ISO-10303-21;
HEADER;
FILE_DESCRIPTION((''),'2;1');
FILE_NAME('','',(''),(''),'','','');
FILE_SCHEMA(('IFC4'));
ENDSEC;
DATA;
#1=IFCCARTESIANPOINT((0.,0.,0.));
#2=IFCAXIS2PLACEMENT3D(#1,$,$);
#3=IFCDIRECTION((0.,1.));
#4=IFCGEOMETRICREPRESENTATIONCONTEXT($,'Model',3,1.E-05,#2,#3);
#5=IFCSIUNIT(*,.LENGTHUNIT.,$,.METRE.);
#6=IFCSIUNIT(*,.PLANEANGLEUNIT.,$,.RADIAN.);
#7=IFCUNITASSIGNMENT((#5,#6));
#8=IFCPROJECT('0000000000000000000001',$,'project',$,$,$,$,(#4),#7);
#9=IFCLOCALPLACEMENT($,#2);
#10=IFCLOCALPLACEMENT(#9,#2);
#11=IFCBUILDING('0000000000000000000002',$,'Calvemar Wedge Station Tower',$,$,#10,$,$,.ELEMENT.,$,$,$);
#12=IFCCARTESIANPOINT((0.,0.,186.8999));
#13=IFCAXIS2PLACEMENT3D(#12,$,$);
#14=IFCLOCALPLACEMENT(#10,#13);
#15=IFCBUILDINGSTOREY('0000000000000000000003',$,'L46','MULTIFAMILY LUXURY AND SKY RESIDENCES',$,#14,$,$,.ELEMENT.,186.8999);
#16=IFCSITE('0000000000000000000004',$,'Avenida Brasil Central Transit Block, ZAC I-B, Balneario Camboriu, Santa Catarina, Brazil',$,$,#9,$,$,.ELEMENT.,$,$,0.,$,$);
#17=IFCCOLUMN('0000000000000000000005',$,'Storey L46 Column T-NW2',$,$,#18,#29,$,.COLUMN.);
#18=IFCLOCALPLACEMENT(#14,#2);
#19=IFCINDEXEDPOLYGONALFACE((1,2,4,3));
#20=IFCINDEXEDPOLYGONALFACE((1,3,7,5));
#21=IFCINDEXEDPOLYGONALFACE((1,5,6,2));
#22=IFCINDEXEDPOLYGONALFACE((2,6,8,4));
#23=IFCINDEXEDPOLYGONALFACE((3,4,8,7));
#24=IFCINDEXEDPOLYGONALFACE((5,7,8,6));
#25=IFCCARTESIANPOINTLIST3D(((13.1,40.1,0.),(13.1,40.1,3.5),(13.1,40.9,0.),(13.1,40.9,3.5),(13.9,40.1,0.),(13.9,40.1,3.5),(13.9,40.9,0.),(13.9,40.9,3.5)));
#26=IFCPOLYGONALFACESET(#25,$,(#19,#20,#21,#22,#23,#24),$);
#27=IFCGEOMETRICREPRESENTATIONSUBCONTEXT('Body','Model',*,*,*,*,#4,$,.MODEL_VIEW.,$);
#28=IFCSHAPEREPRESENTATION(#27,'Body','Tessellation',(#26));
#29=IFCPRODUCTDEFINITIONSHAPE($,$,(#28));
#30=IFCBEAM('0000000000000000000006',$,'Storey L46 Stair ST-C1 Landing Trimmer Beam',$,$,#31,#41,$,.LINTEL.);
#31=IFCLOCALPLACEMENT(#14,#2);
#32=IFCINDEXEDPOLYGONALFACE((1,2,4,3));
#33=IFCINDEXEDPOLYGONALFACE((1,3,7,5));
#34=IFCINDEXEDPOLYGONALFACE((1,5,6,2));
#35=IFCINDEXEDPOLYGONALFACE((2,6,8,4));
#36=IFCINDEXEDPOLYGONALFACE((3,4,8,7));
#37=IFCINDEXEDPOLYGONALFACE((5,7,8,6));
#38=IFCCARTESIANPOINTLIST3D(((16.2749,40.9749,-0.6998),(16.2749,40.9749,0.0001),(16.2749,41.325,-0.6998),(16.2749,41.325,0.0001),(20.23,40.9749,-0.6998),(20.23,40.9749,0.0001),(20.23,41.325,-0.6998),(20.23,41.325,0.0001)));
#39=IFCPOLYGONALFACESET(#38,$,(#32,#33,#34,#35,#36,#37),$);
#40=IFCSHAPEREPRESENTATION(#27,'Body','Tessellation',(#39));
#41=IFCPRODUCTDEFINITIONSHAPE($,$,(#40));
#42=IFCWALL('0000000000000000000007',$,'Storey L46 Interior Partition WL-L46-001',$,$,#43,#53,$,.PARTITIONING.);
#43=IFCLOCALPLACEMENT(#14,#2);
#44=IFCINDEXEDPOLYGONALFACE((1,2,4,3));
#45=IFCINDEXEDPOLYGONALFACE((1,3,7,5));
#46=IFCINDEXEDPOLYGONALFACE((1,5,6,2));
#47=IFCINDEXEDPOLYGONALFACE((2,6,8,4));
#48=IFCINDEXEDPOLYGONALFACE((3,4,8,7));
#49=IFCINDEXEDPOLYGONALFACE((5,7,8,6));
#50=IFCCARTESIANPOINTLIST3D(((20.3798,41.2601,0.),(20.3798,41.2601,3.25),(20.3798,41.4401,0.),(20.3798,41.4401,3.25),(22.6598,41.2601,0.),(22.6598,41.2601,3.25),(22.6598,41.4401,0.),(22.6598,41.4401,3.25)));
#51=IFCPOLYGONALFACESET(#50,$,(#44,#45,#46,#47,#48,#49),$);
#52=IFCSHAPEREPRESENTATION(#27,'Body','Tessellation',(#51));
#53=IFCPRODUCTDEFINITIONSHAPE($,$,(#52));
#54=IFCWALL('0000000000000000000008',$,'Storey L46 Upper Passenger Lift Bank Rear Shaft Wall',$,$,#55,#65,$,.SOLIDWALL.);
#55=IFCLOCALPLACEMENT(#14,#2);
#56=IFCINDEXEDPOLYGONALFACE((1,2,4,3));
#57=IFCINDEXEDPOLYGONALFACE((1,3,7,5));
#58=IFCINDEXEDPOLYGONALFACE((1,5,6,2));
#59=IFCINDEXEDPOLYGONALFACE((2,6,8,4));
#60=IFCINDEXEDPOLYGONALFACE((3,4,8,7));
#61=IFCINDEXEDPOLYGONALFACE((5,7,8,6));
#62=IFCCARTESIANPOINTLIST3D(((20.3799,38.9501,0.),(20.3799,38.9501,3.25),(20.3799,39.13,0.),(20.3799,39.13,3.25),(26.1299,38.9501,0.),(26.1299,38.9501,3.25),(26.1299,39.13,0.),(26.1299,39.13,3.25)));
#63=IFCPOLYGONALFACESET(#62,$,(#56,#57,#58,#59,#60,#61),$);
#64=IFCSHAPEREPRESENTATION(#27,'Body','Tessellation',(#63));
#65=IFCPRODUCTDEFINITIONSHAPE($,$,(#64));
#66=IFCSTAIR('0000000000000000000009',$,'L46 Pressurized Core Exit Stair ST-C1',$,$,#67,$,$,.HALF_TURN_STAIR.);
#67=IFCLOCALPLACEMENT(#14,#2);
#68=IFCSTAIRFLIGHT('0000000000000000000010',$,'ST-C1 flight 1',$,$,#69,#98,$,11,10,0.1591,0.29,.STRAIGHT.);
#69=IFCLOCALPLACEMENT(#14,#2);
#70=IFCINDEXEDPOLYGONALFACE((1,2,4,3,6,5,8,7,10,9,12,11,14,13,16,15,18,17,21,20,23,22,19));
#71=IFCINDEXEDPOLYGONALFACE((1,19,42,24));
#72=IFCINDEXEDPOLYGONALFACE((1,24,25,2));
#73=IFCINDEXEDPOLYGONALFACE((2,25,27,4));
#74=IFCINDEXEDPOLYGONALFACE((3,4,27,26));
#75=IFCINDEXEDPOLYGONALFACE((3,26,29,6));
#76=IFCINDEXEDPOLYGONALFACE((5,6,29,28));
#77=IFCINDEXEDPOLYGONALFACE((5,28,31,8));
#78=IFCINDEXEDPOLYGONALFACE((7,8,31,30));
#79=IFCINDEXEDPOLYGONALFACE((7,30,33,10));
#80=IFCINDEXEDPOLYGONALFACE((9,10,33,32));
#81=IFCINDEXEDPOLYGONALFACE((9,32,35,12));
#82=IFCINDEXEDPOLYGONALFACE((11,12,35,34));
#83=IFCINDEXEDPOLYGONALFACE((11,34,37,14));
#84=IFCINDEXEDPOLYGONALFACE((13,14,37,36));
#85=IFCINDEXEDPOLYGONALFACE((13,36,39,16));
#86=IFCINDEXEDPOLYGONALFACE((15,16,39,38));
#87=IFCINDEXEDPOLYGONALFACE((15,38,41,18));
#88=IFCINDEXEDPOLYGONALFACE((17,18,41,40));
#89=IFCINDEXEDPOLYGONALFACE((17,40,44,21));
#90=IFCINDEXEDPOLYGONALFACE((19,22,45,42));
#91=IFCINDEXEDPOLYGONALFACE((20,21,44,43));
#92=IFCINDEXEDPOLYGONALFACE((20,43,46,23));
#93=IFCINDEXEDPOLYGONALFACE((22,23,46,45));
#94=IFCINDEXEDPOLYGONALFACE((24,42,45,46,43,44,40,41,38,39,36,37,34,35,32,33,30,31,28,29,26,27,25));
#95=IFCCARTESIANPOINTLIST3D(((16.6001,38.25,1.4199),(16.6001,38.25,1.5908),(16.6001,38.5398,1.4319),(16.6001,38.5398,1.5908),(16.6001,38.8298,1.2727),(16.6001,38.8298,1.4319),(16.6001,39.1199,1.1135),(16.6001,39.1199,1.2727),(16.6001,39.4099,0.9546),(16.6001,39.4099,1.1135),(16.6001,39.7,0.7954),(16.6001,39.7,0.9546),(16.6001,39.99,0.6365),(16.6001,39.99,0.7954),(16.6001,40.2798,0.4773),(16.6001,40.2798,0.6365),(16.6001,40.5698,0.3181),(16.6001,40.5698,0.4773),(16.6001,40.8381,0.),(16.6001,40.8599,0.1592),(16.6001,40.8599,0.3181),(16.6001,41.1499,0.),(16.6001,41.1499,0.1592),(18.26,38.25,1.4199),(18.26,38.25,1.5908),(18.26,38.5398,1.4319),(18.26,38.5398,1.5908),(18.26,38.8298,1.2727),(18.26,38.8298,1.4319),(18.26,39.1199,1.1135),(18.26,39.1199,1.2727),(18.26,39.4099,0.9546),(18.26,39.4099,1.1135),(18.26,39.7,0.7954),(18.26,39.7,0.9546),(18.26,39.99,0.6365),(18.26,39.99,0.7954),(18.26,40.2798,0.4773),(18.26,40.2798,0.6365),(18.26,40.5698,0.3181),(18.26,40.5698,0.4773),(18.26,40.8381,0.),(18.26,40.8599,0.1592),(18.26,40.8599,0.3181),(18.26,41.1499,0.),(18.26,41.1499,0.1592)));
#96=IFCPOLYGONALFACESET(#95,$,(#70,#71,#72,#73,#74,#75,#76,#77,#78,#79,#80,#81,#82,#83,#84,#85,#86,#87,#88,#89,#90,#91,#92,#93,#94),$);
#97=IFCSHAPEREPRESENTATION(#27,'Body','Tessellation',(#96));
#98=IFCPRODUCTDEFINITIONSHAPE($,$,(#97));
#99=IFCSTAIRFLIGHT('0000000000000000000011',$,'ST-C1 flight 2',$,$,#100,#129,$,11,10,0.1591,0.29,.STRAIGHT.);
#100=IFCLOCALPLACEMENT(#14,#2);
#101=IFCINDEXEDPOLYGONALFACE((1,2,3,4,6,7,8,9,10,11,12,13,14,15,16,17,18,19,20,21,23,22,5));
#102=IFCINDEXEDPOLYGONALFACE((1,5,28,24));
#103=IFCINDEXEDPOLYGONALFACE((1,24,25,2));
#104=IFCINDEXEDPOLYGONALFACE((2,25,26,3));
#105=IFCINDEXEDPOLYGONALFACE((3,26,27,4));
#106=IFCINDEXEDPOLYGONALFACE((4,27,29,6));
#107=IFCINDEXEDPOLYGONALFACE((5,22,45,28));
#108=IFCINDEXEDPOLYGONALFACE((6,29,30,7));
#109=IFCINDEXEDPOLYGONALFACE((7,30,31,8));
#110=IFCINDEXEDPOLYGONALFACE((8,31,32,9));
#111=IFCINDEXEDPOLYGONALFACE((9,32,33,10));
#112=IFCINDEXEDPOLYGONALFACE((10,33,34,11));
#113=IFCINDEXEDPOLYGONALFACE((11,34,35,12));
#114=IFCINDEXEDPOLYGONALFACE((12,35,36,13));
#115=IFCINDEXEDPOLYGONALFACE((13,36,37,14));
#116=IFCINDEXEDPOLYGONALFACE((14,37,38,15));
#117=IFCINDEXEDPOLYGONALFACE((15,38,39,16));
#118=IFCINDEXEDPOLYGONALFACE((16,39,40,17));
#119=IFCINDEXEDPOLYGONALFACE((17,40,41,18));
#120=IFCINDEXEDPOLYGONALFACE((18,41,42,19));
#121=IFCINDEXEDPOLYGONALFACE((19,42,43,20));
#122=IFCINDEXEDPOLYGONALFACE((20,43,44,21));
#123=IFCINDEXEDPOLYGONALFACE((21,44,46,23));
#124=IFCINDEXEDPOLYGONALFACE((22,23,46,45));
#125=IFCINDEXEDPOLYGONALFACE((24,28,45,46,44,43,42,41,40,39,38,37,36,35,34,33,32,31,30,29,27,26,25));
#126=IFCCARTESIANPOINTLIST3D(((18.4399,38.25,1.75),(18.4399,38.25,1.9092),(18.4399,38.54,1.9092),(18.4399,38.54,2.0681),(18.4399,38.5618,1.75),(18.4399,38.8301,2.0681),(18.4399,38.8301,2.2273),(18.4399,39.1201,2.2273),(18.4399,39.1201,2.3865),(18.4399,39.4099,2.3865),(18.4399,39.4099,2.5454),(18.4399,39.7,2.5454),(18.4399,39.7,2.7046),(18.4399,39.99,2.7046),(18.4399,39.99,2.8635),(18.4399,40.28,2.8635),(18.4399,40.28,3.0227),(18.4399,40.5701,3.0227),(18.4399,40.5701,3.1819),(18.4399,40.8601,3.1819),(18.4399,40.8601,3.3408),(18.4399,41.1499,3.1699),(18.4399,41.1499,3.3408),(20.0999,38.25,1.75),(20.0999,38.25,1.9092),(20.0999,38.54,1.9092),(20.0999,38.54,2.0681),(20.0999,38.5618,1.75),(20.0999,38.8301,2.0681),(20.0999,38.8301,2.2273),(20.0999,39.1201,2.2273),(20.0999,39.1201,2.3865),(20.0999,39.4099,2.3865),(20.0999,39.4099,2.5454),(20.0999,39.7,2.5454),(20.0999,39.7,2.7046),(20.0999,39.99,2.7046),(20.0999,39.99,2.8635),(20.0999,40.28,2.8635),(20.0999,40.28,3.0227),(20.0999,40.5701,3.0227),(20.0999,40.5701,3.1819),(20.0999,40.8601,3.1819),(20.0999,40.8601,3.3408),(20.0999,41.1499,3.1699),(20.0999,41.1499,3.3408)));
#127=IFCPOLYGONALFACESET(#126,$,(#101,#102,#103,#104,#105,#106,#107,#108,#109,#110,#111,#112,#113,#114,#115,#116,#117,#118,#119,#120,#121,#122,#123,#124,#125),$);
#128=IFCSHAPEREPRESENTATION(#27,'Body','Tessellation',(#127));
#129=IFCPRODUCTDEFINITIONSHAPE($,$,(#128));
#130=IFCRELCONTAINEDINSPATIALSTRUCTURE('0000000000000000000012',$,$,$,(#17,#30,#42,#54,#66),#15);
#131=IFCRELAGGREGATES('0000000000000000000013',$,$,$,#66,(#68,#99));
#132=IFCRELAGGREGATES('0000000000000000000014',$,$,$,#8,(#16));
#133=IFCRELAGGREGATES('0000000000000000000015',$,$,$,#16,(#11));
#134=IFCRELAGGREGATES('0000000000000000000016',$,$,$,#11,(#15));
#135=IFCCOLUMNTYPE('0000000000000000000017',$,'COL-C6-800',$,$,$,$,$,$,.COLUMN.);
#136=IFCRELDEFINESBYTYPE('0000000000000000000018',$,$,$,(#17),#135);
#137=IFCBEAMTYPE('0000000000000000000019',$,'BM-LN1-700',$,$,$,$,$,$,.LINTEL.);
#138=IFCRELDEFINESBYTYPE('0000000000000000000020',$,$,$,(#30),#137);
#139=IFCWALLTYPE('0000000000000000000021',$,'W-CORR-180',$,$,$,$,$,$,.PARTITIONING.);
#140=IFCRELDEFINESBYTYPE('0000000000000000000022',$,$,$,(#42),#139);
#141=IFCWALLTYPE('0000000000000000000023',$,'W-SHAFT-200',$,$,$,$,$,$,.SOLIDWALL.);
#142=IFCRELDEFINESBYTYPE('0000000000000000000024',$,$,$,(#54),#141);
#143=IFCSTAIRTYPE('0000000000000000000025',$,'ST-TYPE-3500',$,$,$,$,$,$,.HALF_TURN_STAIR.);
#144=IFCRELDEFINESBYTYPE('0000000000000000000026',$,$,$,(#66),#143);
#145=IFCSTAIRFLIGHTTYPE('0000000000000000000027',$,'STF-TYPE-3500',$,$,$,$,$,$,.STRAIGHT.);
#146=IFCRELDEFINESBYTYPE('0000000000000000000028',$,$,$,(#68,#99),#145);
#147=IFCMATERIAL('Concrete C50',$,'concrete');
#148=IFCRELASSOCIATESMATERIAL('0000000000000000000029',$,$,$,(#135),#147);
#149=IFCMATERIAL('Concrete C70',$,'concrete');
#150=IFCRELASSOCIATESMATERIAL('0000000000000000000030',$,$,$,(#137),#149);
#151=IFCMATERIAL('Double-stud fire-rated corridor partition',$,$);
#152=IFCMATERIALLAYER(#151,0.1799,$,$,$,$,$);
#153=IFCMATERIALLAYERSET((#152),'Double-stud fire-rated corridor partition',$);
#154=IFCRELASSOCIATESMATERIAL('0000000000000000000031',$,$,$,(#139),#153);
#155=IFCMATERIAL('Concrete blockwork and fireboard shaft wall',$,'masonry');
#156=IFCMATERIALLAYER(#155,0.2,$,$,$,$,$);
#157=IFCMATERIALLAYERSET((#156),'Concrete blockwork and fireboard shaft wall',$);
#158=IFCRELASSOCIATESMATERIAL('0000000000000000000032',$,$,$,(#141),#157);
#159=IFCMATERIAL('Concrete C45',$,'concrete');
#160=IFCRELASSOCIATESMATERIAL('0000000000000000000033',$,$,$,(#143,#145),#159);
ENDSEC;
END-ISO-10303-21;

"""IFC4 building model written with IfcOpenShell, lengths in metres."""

from ifc_helpers import new_model, si_unit, direction, frame, frame_2d, origin, origin_2d, place, context, subcontext, project, spatial, polyline, rectangle, outline, extrude, source, transform, mapped, material, layer, layer_set, material_profile, profile_set, type_object, element, aggregate, save


model = new_model("IFC4")

# Units and contexts
model_context = context("Model", 3, precision=1e-05, world=origin(), true_north=direction((0.0, 1.0)))
body_context = subcontext(model_context, "Body", "Model", "MODEL_VIEW")
ifc_project = project(units=[si_unit("LENGTHUNIT", "METRE"), si_unit("PLANEANGLEUNIT", "RADIAN")], contexts=[model_context])

# Site, building, storey
site_placement = place(None, origin())
site = spatial("IfcSite", under=ifc_project, at=site_placement, Name="Avenida Brasil Central Transit Block, ZAC I-B, Balneario Camboriu, Santa Catarina, Brazil", CompositionType="ELEMENT", RefElevation=0.0)
building_placement = place(site_placement, origin())
building = spatial("IfcBuilding", under=site, at=building_placement, Name="Calvemar Wedge Station Tower", CompositionType="ELEMENT")
storey_placement = place(building_placement, frame((0.0, 0.0, 186.8999)))
storey = spatial("IfcBuildingStorey", under=building, at=storey_placement, Name="L46", Description="MULTIFAMILY LUXURY AND SKY RESIDENCES", CompositionType="ELEMENT", Elevation=186.8999)

# Column
ifc_material_1 = material(Name="Concrete C50", Category="concrete")
ifc_material_profile_1 = material_profile(ifc_material_1, rectangle(XDim=0.8, YDim=0.8, at=origin_2d()), Name="RC800x800")
ifc_profile_set_1 = profile_set([ifc_material_profile_1], Name="Concrete C50")
column_type = type_object("IfcColumnType", Name="COL-C6-800", PredefinedType="COLUMN", material=ifc_profile_set_1)
shared_shape_1 = source(origin(), body_context, "Body", "SweptSolid", [
    extrude(rectangle(XDim=0.8, YDim=0.8, at=origin_2d()), origin(), (0.0, 0.0, 1.0), 3.5),
])
column_placement = place(storey_placement, frame((13.5, 40.5, 0.0), z_axis=(0.0, 0.0, 1.0), x_axis=(1.0, 0.0, 0.0)))
element("IfcColumn", 1, at=column_placement, inside=storey, type_object=column_type, Name="Storey L46 Column T-NW2", PredefinedType="COLUMN", context=body_context, shape_type="MappedRepresentation", body=[
    mapped(shared_shape_1, transform((0.0, 0.0, 0.0), scale=1.0)),
])

# Beam
ifc_material_2 = material(Name="Concrete C70", Category="concrete")
ifc_material_profile_2 = material_profile(ifc_material_2, rectangle(XDim=0.3501, YDim=0.7, at=origin_2d()), Name="RC350x700")
ifc_profile_set_2 = profile_set([ifc_material_profile_2], Name="Concrete C70")
beam_type = type_object("IfcBeamType", Name="BM-LN1-700", PredefinedType="LINTEL", material=ifc_profile_set_2)
shared_shape_2 = source(origin(), body_context, "Body", "SweptSolid", [
    extrude(rectangle(XDim=0.3501, YDim=0.7, at=origin_2d()), origin(), (0.0, 0.0, 1.0), 3.9551),
])
beam_placement = place(storey_placement, frame((16.2749, 41.1499, -0.3499), z_axis=(1.0, 0.0, 0.0), x_axis=(0.0, 1.0, 0.0)))
element("IfcBeam", 2, at=beam_placement, inside=storey, type_object=beam_type, Name="Storey L46 Stair ST-C1 Landing Trimmer Beam", PredefinedType="LINTEL", context=body_context, shape_type="MappedRepresentation", body=[
    mapped(shared_shape_2, transform((0.0, 0.0, 0.0), scale=1.0)),
])

# Wall
ifc_material_3 = material(Name="Double-stud fire-rated corridor partition")
ifc_layer_1 = layer(ifc_material_3, 0.1799)
ifc_layer_set_1 = layer_set([ifc_layer_1], Name="Double-stud fire-rated corridor partition")
wall_type_1 = type_object("IfcWallType", Name="W-CORR-180", PredefinedType="PARTITIONING", material=ifc_layer_set_1)
wall_1_placement = place(storey_placement, frame((22.6599, 41.3501, 0.0), z_axis=(0.0, 0.0, 1.0), x_axis=(-1.0, 0.0, 0.0)))
element("IfcWall", 3, at=wall_1_placement, inside=storey, type_object=wall_type_1, Name="Storey L46 Interior Partition WL-L46-001", PredefinedType="PARTITIONING", context=body_context, shape_type="SweptSolid", body=[
    extrude(rectangle(XDim=2.28, YDim=0.1799, at=frame_2d((1.1401, 0.0))), origin(), (0.0, 0.0, 1.0), 3.25),
])

# Wall
ifc_material_4 = material(Name="Concrete blockwork and fireboard shaft wall", Category="masonry")
ifc_layer_2 = layer(ifc_material_4, 0.2)
ifc_layer_set_2 = layer_set([ifc_layer_2], Name="Concrete blockwork and fireboard shaft wall")
wall_type_2 = type_object("IfcWallType", Name="W-SHAFT-200", PredefinedType="SOLIDWALL", material=ifc_layer_set_2)
wall_2_placement = place(storey_placement, frame((20.3799, 39.04, 0.0), z_axis=(0.0, 0.0, 1.0), x_axis=(1.0, 0.0, 0.0)))
element("IfcWall", 4, at=wall_2_placement, inside=storey, type_object=wall_type_2, Name="Storey L46 Upper Passenger Lift Bank Rear Shaft Wall", PredefinedType="SOLIDWALL", context=body_context, shape_type="SweptSolid", body=[
    extrude(rectangle(XDim=5.75, YDim=0.1799, at=frame_2d((2.875, 0.0))), origin(), (0.0, 0.0, 1.0), 3.25),
])

# Stair, stair flights
ifc_material_5 = material(Name="Concrete C45", Category="concrete")
stair_type = type_object("IfcStairType", Name="ST-TYPE-3500", PredefinedType="HALF_TURN_STAIR", material=ifc_material_5)
stair_placement = place(storey_placement, origin())
stair = element("IfcStair", 5, at=stair_placement, inside=storey, type_object=stair_type, Name="L46 Pressurized Core Exit Stair ST-C1", PredefinedType="HALF_TURN_STAIR")
stair_flight_type = type_object("IfcStairFlightType", Name="STF-TYPE-3500", PredefinedType="STRAIGHT", material=ifc_material_5)
stair_flight_1_placement = place(storey_placement, frame((17.4299, 41.1499, 0.0), z_axis=(0.0, 0.0, 1.0), x_axis=(0.0, -1.0, 0.0)))
stair_flight_1 = element("IfcStairFlight", 6, at=stair_flight_1_placement, type_object=stair_flight_type, Name="ST-C1 flight 1", NumberOfRisers=11, NumberOfTreads=10, PredefinedType="STRAIGHT", RiserHeight=0.1591, TreadLength=0.29, context=body_context, shape_type="SweptSolid", body=[
    extrude(outline(polyline([(0.0, 0.0), (0.0, 0.1592), (0.29, 0.1592), (0.29, 0.3181), (0.5801, 0.3181), (0.5801, 0.4773), (0.8701, 0.4773), (0.8701, 0.6365), (1.1599, 0.6365), (1.1599, 0.7954), (1.45, 0.7954), (1.45, 0.9546), (1.74, 0.9546), (1.74, 1.1135), (2.03, 1.1135), (2.03, 1.2727), (2.3201, 1.2727), (2.3201, 1.4319), (2.6101, 1.4319), (2.6101, 1.5908), (2.8999, 1.5908), (2.8999, 1.75), (2.8999, 1.4199), (0.3118, 0.0), (0.0, 0.0)])), frame((0.0, 0.8301, 0.0), z_axis=(0.0, -1.0, 0.0), x_axis=(1.0, 0.0, 0.0)), (0.0, 0.0, 1.0), 1.6599),
])
stair_flight_2_placement = place(storey_placement, frame((19.27, 38.25, 1.75), z_axis=(0.0, 0.0, 1.0), x_axis=(0.0, 1.0, 0.0)))
stair_flight_2 = element("IfcStairFlight", 7, at=stair_flight_2_placement, type_object=stair_flight_type, Name="ST-C1 flight 2", NumberOfRisers=11, NumberOfTreads=10, PredefinedType="STRAIGHT", RiserHeight=0.1591, TreadLength=0.29, context=body_context, shape_type="SweptSolid", body=[
    extrude(outline(polyline([(0.0, 0.0), (0.0, 0.1592), (0.29, 0.1592), (0.29, 0.3181), (0.5801, 0.3181), (0.5801, 0.4773), (0.8701, 0.4773), (0.8701, 0.6365), (1.1599, 0.6365), (1.1599, 0.7954), (1.45, 0.7954), (1.45, 0.9546), (1.74, 0.9546), (1.74, 1.1135), (2.03, 1.1135), (2.03, 1.2727), (2.3201, 1.2727), (2.3201, 1.4319), (2.6101, 1.4319), (2.6101, 1.5908), (2.8999, 1.5908), (2.8999, 1.75), (2.8999, 1.4199), (0.3118, 0.0), (0.0, 0.0)])), frame((0.0, 0.8301, 0.0), z_axis=(0.0, -1.0, 0.0), x_axis=(1.0, 0.0, 0.0)), (0.0, 0.0, 1.0), 1.6599),
])
aggregate(stair, [stair_flight_1, stair_flight_2])

save(model, "model.ifc")
